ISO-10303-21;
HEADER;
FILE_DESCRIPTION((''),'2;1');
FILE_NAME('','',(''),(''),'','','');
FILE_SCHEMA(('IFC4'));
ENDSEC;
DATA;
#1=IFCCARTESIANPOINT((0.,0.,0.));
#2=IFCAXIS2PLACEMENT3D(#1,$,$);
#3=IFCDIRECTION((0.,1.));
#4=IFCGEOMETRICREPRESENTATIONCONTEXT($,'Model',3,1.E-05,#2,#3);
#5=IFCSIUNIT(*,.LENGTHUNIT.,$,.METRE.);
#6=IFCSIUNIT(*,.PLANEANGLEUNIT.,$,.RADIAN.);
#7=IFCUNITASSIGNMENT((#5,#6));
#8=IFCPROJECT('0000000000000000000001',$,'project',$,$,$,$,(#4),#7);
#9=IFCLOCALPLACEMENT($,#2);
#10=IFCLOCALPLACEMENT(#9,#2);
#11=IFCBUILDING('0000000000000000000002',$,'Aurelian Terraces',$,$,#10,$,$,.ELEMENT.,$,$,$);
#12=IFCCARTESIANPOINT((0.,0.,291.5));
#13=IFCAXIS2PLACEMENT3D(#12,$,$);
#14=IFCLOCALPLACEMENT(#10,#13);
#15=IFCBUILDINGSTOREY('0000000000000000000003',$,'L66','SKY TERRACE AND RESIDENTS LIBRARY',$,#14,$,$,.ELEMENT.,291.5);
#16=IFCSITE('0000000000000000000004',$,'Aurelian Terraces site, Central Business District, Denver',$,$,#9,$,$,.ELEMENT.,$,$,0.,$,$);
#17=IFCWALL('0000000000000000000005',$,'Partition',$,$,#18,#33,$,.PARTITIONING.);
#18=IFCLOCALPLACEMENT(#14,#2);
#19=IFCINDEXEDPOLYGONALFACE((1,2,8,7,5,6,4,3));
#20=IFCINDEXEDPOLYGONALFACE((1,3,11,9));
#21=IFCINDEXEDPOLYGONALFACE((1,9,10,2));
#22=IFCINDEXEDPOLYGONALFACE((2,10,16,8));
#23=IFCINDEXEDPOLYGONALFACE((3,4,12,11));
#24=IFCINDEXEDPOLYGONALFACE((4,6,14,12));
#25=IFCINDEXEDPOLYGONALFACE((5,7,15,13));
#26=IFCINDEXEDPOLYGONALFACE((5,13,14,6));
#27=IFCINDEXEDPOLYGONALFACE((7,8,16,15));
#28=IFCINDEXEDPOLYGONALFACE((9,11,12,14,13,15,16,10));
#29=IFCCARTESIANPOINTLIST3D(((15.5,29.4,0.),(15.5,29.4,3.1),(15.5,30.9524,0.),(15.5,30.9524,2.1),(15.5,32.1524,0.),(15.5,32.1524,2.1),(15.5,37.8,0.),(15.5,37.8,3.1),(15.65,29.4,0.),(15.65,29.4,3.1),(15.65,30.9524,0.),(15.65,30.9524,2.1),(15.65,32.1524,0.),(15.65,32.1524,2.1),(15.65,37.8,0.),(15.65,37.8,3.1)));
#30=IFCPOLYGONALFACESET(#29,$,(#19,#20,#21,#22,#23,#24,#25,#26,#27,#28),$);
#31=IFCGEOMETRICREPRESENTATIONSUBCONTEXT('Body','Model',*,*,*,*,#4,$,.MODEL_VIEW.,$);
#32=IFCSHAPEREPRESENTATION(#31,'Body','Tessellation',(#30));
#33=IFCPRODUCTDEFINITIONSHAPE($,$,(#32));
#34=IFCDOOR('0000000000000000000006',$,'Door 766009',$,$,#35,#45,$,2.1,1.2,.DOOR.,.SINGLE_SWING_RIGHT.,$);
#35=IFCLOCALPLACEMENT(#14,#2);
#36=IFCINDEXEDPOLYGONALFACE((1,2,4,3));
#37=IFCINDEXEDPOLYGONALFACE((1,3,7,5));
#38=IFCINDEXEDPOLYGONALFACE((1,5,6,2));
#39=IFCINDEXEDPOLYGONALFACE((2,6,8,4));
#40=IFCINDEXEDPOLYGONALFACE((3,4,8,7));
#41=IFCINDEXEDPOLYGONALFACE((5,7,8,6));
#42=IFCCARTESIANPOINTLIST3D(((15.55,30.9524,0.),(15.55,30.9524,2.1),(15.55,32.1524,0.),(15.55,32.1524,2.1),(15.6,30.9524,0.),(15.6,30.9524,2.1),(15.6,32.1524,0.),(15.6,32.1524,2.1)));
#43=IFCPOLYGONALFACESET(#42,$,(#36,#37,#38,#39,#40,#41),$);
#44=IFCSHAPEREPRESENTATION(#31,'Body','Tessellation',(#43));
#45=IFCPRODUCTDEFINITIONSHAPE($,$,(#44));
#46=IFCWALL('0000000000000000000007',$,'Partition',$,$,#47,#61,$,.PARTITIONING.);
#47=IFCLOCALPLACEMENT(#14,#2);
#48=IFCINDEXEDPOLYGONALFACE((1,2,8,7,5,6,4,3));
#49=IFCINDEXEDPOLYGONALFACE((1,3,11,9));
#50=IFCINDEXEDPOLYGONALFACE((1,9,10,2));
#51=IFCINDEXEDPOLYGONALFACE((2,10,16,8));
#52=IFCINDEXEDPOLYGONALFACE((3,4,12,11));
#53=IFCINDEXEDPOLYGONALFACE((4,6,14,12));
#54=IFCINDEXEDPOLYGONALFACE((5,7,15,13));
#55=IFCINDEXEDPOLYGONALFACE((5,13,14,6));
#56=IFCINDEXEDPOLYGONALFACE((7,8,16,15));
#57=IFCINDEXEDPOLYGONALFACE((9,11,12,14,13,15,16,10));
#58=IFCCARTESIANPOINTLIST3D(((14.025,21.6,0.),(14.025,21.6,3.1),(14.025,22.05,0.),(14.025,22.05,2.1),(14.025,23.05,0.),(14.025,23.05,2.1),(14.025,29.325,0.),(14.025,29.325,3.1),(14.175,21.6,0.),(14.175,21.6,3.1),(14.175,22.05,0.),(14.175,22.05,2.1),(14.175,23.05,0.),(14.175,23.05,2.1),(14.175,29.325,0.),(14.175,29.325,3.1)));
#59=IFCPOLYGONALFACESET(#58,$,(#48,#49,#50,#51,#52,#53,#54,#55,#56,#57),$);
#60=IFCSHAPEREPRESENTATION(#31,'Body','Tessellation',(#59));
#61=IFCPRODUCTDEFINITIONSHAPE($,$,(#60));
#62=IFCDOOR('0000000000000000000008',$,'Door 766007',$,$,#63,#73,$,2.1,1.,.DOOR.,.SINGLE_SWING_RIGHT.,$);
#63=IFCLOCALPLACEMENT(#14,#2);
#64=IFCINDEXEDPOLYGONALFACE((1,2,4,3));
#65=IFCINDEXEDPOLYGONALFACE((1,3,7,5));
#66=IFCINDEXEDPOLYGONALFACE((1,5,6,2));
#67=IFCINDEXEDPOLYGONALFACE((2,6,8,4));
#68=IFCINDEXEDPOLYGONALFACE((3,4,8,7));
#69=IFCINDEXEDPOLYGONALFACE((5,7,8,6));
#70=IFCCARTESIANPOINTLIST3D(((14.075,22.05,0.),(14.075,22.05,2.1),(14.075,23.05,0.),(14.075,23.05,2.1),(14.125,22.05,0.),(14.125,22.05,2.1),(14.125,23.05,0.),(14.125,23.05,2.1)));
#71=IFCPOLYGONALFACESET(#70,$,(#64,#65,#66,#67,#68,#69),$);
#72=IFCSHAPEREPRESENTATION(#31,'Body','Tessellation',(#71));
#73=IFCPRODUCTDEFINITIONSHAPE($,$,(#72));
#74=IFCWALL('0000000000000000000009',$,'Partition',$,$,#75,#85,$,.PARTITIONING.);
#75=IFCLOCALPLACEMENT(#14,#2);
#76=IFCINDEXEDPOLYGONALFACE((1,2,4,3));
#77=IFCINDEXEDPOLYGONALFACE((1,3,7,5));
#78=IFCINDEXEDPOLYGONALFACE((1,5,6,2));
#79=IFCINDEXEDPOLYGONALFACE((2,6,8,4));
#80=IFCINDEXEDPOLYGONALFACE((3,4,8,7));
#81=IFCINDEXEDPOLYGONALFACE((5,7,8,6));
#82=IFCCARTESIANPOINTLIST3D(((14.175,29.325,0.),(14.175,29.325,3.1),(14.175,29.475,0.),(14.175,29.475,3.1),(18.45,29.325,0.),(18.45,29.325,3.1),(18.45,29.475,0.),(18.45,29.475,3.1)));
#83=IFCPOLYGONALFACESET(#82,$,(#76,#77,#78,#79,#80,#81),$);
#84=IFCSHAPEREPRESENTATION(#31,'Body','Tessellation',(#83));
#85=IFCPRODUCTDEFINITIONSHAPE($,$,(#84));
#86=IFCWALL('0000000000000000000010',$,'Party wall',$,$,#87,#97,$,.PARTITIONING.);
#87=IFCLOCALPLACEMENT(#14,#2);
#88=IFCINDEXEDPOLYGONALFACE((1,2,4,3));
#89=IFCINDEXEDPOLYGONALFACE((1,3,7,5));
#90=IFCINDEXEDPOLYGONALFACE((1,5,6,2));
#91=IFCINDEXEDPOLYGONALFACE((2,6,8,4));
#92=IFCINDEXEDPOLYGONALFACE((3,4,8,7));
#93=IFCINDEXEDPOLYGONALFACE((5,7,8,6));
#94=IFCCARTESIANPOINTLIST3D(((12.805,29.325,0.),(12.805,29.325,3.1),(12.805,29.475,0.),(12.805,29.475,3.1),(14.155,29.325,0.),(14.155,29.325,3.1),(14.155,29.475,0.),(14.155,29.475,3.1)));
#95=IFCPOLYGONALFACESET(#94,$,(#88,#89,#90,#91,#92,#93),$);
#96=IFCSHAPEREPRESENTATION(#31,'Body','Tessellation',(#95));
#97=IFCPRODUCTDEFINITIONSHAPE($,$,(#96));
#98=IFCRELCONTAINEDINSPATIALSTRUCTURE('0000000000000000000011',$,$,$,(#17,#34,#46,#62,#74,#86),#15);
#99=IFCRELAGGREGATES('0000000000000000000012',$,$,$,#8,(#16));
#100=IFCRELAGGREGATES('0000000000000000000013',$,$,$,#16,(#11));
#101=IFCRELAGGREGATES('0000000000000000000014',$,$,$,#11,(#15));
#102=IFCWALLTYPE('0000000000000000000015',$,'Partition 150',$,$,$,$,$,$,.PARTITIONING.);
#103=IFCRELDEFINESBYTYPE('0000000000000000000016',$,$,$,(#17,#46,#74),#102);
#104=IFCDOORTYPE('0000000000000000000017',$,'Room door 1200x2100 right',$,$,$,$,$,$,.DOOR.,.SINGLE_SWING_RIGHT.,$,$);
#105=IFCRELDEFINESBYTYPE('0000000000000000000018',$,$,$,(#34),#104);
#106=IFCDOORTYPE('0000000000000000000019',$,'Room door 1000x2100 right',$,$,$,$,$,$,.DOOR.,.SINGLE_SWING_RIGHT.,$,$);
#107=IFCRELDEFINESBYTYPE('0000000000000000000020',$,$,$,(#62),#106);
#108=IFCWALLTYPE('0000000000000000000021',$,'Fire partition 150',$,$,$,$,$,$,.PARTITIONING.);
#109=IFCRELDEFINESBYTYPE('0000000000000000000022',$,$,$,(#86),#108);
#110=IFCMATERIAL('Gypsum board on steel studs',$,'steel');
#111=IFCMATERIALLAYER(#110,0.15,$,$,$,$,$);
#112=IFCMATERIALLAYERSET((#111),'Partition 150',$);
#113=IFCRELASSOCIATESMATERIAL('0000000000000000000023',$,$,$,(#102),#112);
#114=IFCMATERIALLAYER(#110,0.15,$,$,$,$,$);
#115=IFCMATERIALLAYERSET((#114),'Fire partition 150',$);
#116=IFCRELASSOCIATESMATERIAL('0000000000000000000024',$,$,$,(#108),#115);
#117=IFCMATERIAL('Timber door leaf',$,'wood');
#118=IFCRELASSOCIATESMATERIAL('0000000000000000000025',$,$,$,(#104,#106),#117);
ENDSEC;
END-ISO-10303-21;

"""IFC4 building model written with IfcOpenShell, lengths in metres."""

from ifc_helpers import new_model, si_unit, direction, frame, frame_2d, origin, place, context, subcontext, project, spatial, rectangle, extrude, source, transform, mapped, material, layer, layer_set, type_object, element, fill, save


model = new_model("IFC4")

# Units and contexts
model_context = context("Model", 3, precision=1e-05, world=origin(), true_north=direction((0.0, 1.0)))
body_context = subcontext(model_context, "Body", "Model", "MODEL_VIEW")
ifc_project = project(units=[si_unit("LENGTHUNIT", "METRE"), si_unit("PLANEANGLEUNIT", "RADIAN")], contexts=[model_context])

# Site, building, storey
site_placement = place(None, origin())
site = spatial("IfcSite", under=ifc_project, at=site_placement, Name="Aurelian Terraces site, Central Business District, Denver", CompositionType="ELEMENT", RefElevation=0.0)
building_placement = place(site_placement, origin())
building = spatial("IfcBuilding", under=site, at=building_placement, Name="Aurelian Terraces", CompositionType="ELEMENT")
storey_placement = place(building_placement, frame((0.0, 0.0, 291.5)))
storey = spatial("IfcBuildingStorey", under=building, at=storey_placement, Name="L66", Description="SKY TERRACE AND RESIDENTS LIBRARY", CompositionType="ELEMENT", Elevation=291.5)

# Shared definitions
ifc_material_1 = material(Name="Gypsum board on steel studs", Category="steel")
ifc_layer_1 = layer(ifc_material_1, 0.15)
ifc_layer_set_1 = layer_set([ifc_layer_1], Name="Partition 150")
wall_type_1 = type_object("IfcWallType", Name="Partition 150", PredefinedType="PARTITIONING", material=ifc_layer_set_1)
ifc_material_2 = material(Name="Timber door leaf", Category="wood")

# Shared definitions
ifc_layer_2 = layer(ifc_material_1, 0.15)
ifc_layer_set_2 = layer_set([ifc_layer_2], Name="Fire partition 150")
wall_type_2 = type_object("IfcWallType", Name="Fire partition 150", PredefinedType="PARTITIONING", material=ifc_layer_set_2)
shared_shape_1 = source(origin(), body_context, "Body", "SweptSolid", [
    extrude(rectangle(XDim=1.0, YDim=2.1, at=frame_2d((0.5, 1.05))), frame((0.0, 0.085, 0.0), z_axis=(0.0, -1.0, 0.0), x_axis=(1.0, 0.0, 0.0)), (0.0, 0.0, 1.0), 0.17),
])
shared_shape_2 = source(origin(), body_context, "Body", "SweptSolid", [
    extrude(rectangle(XDim=1.0, YDim=2.1, at=frame_2d((0.5, 1.05))), frame((0.0, 0.025, 0.0), z_axis=(0.0, -1.0, 0.0), x_axis=(1.0, 0.0, 0.0)), (0.0, 0.0, 1.0), 0.05),
])

# Walls, openings, doors
shared_shape_3 = source(origin(), body_context, "Body", "SweptSolid", [
    extrude(rectangle(XDim=8.4, YDim=0.15, at=frame_2d((4.2, 0.0))), origin(), (0.0, 0.0, 1.0), 3.1),
])
wall_1_placement = place(storey_placement, frame((15.575, 29.4, 0.0), z_axis=(0.0, 0.0, 1.0), x_axis=(0.0, 1.0, 0.0)))
wall_1 = element("IfcWall", 1, at=wall_1_placement, inside=storey, type_object=wall_type_1, Name="Partition", PredefinedType="PARTITIONING", context=body_context, shape_type="MappedRepresentation", body=[
    mapped(shared_shape_3, transform((0.0, 0.0, 0.0), scale=1.0)),
])
shared_shape_4 = source(origin(), body_context, "Body", "SweptSolid", [
    extrude(rectangle(XDim=1.2, YDim=2.1, at=frame_2d((0.6, 1.05))), frame((0.0, 0.085, 0.0), z_axis=(0.0, -1.0, 0.0), x_axis=(1.0, 0.0, 0.0)), (0.0, 0.0, 1.0), 0.17),
])
opening_1_placement = place(wall_1_placement, frame((1.5524, 0.0, 0.0)))
opening_1 = element("IfcOpeningElement", 2, at=opening_1_placement, cuts=wall_1, PredefinedType="OPENING", context=body_context, shape_type="MappedRepresentation", body=[
    mapped(shared_shape_4, transform((0.0, 0.0, 0.0), scale=1.0)),
])
door_type_1 = type_object("IfcDoorType", Name="Room door 1200x2100 right", OperationType="SINGLE_SWING_RIGHT", PredefinedType="DOOR", material=ifc_material_2)
shared_shape_5 = source(origin(), body_context, "Body", "SweptSolid", [
    extrude(rectangle(XDim=1.2, YDim=2.1, at=frame_2d((0.6, 1.05))), frame((0.0, 0.025, 0.0), z_axis=(0.0, -1.0, 0.0), x_axis=(1.0, 0.0, 0.0)), (0.0, 0.0, 1.0), 0.05),
])
door_1_placement = place(opening_1_placement, origin())
door_1 = element("IfcDoor", 3, at=door_1_placement, inside=storey, type_object=door_type_1, Name="Door 766009", OperationType="SINGLE_SWING_RIGHT", OverallHeight=2.1, OverallWidth=1.2, PredefinedType="DOOR", context=body_context, shape_type="MappedRepresentation", body=[
    mapped(shared_shape_5, transform((0.0, 0.0, 0.0), scale=1.0)),
])
fill(opening_1, door_1)
shared_shape_6 = source(origin(), body_context, "Body", "SweptSolid", [
    extrude(rectangle(XDim=7.725, YDim=0.15, at=frame_2d((3.8625, 0.0))), origin(), (0.0, 0.0, 1.0), 3.1),
])
wall_2_placement = place(storey_placement, frame((14.1, 29.325, 0.0), z_axis=(0.0, 0.0, 1.0), x_axis=(0.0, -1.0, 0.0)))
wall_2 = element("IfcWall", 4, at=wall_2_placement, inside=storey, type_object=wall_type_1, Name="Partition", PredefinedType="PARTITIONING", context=body_context, shape_type="MappedRepresentation", body=[
    mapped(shared_shape_6, transform((0.0, 0.0, 0.0), scale=1.0)),
])
opening_2_placement = place(wall_2_placement, frame((6.275, 0.0, 0.0)))
opening_2 = element("IfcOpeningElement", 5, at=opening_2_placement, cuts=wall_2, PredefinedType="OPENING", context=body_context, shape_type="MappedRepresentation", body=[
    mapped(shared_shape_1, transform((0.0, 0.0, 0.0), scale=1.0)),
])
door_type_2 = type_object("IfcDoorType", Name="Room door 1000x2100 right", OperationType="SINGLE_SWING_RIGHT", PredefinedType="DOOR", material=ifc_material_2)
door_2_placement = place(opening_2_placement, origin())
door_2 = element("IfcDoor", 6, at=door_2_placement, inside=storey, type_object=door_type_2, Name="Door 766007", OperationType="SINGLE_SWING_RIGHT", OverallHeight=2.1, OverallWidth=1.0, PredefinedType="DOOR", context=body_context, shape_type="MappedRepresentation", body=[
    mapped(shared_shape_2, transform((0.0, 0.0, 0.0), scale=1.0)),
])
fill(opening_2, door_2)

# Walls
shared_shape_7 = source(origin(), body_context, "Body", "SweptSolid", [
    extrude(rectangle(XDim=4.275, YDim=0.15, at=frame_2d((2.1375, 0.0))), origin(), (0.0, 0.0, 1.0), 3.1),
])
wall_3_placement = place(storey_placement, frame((18.45, 29.4, 0.0), z_axis=(0.0, 0.0, 1.0), x_axis=(-1.0, 0.0, 0.0)))
element("IfcWall", 7, at=wall_3_placement, inside=storey, type_object=wall_type_1, Name="Partition", PredefinedType="PARTITIONING", context=body_context, shape_type="MappedRepresentation", body=[
    mapped(shared_shape_7, transform((0.0, 0.0, 0.0), scale=1.0)),
])
shared_shape_8 = source(origin(), body_context, "Body", "SweptSolid", [
    extrude(rectangle(XDim=1.35, YDim=0.15, at=frame_2d((0.675, 0.0))), origin(), (0.0, 0.0, 1.0), 3.1),
])
wall_4_placement = place(storey_placement, frame((14.155, 29.4, 0.0), z_axis=(0.0, 0.0, 1.0), x_axis=(-1.0, 0.0, 0.0)))
element("IfcWall", 8, at=wall_4_placement, inside=storey, type_object=wall_type_2, Name="Party wall", PredefinedType="PARTITIONING", context=body_context, shape_type="MappedRepresentation", body=[
    mapped(shared_shape_8, transform((0.0, 0.0, 0.0), scale=1.0)),
])

save(model, "model.ifc")
